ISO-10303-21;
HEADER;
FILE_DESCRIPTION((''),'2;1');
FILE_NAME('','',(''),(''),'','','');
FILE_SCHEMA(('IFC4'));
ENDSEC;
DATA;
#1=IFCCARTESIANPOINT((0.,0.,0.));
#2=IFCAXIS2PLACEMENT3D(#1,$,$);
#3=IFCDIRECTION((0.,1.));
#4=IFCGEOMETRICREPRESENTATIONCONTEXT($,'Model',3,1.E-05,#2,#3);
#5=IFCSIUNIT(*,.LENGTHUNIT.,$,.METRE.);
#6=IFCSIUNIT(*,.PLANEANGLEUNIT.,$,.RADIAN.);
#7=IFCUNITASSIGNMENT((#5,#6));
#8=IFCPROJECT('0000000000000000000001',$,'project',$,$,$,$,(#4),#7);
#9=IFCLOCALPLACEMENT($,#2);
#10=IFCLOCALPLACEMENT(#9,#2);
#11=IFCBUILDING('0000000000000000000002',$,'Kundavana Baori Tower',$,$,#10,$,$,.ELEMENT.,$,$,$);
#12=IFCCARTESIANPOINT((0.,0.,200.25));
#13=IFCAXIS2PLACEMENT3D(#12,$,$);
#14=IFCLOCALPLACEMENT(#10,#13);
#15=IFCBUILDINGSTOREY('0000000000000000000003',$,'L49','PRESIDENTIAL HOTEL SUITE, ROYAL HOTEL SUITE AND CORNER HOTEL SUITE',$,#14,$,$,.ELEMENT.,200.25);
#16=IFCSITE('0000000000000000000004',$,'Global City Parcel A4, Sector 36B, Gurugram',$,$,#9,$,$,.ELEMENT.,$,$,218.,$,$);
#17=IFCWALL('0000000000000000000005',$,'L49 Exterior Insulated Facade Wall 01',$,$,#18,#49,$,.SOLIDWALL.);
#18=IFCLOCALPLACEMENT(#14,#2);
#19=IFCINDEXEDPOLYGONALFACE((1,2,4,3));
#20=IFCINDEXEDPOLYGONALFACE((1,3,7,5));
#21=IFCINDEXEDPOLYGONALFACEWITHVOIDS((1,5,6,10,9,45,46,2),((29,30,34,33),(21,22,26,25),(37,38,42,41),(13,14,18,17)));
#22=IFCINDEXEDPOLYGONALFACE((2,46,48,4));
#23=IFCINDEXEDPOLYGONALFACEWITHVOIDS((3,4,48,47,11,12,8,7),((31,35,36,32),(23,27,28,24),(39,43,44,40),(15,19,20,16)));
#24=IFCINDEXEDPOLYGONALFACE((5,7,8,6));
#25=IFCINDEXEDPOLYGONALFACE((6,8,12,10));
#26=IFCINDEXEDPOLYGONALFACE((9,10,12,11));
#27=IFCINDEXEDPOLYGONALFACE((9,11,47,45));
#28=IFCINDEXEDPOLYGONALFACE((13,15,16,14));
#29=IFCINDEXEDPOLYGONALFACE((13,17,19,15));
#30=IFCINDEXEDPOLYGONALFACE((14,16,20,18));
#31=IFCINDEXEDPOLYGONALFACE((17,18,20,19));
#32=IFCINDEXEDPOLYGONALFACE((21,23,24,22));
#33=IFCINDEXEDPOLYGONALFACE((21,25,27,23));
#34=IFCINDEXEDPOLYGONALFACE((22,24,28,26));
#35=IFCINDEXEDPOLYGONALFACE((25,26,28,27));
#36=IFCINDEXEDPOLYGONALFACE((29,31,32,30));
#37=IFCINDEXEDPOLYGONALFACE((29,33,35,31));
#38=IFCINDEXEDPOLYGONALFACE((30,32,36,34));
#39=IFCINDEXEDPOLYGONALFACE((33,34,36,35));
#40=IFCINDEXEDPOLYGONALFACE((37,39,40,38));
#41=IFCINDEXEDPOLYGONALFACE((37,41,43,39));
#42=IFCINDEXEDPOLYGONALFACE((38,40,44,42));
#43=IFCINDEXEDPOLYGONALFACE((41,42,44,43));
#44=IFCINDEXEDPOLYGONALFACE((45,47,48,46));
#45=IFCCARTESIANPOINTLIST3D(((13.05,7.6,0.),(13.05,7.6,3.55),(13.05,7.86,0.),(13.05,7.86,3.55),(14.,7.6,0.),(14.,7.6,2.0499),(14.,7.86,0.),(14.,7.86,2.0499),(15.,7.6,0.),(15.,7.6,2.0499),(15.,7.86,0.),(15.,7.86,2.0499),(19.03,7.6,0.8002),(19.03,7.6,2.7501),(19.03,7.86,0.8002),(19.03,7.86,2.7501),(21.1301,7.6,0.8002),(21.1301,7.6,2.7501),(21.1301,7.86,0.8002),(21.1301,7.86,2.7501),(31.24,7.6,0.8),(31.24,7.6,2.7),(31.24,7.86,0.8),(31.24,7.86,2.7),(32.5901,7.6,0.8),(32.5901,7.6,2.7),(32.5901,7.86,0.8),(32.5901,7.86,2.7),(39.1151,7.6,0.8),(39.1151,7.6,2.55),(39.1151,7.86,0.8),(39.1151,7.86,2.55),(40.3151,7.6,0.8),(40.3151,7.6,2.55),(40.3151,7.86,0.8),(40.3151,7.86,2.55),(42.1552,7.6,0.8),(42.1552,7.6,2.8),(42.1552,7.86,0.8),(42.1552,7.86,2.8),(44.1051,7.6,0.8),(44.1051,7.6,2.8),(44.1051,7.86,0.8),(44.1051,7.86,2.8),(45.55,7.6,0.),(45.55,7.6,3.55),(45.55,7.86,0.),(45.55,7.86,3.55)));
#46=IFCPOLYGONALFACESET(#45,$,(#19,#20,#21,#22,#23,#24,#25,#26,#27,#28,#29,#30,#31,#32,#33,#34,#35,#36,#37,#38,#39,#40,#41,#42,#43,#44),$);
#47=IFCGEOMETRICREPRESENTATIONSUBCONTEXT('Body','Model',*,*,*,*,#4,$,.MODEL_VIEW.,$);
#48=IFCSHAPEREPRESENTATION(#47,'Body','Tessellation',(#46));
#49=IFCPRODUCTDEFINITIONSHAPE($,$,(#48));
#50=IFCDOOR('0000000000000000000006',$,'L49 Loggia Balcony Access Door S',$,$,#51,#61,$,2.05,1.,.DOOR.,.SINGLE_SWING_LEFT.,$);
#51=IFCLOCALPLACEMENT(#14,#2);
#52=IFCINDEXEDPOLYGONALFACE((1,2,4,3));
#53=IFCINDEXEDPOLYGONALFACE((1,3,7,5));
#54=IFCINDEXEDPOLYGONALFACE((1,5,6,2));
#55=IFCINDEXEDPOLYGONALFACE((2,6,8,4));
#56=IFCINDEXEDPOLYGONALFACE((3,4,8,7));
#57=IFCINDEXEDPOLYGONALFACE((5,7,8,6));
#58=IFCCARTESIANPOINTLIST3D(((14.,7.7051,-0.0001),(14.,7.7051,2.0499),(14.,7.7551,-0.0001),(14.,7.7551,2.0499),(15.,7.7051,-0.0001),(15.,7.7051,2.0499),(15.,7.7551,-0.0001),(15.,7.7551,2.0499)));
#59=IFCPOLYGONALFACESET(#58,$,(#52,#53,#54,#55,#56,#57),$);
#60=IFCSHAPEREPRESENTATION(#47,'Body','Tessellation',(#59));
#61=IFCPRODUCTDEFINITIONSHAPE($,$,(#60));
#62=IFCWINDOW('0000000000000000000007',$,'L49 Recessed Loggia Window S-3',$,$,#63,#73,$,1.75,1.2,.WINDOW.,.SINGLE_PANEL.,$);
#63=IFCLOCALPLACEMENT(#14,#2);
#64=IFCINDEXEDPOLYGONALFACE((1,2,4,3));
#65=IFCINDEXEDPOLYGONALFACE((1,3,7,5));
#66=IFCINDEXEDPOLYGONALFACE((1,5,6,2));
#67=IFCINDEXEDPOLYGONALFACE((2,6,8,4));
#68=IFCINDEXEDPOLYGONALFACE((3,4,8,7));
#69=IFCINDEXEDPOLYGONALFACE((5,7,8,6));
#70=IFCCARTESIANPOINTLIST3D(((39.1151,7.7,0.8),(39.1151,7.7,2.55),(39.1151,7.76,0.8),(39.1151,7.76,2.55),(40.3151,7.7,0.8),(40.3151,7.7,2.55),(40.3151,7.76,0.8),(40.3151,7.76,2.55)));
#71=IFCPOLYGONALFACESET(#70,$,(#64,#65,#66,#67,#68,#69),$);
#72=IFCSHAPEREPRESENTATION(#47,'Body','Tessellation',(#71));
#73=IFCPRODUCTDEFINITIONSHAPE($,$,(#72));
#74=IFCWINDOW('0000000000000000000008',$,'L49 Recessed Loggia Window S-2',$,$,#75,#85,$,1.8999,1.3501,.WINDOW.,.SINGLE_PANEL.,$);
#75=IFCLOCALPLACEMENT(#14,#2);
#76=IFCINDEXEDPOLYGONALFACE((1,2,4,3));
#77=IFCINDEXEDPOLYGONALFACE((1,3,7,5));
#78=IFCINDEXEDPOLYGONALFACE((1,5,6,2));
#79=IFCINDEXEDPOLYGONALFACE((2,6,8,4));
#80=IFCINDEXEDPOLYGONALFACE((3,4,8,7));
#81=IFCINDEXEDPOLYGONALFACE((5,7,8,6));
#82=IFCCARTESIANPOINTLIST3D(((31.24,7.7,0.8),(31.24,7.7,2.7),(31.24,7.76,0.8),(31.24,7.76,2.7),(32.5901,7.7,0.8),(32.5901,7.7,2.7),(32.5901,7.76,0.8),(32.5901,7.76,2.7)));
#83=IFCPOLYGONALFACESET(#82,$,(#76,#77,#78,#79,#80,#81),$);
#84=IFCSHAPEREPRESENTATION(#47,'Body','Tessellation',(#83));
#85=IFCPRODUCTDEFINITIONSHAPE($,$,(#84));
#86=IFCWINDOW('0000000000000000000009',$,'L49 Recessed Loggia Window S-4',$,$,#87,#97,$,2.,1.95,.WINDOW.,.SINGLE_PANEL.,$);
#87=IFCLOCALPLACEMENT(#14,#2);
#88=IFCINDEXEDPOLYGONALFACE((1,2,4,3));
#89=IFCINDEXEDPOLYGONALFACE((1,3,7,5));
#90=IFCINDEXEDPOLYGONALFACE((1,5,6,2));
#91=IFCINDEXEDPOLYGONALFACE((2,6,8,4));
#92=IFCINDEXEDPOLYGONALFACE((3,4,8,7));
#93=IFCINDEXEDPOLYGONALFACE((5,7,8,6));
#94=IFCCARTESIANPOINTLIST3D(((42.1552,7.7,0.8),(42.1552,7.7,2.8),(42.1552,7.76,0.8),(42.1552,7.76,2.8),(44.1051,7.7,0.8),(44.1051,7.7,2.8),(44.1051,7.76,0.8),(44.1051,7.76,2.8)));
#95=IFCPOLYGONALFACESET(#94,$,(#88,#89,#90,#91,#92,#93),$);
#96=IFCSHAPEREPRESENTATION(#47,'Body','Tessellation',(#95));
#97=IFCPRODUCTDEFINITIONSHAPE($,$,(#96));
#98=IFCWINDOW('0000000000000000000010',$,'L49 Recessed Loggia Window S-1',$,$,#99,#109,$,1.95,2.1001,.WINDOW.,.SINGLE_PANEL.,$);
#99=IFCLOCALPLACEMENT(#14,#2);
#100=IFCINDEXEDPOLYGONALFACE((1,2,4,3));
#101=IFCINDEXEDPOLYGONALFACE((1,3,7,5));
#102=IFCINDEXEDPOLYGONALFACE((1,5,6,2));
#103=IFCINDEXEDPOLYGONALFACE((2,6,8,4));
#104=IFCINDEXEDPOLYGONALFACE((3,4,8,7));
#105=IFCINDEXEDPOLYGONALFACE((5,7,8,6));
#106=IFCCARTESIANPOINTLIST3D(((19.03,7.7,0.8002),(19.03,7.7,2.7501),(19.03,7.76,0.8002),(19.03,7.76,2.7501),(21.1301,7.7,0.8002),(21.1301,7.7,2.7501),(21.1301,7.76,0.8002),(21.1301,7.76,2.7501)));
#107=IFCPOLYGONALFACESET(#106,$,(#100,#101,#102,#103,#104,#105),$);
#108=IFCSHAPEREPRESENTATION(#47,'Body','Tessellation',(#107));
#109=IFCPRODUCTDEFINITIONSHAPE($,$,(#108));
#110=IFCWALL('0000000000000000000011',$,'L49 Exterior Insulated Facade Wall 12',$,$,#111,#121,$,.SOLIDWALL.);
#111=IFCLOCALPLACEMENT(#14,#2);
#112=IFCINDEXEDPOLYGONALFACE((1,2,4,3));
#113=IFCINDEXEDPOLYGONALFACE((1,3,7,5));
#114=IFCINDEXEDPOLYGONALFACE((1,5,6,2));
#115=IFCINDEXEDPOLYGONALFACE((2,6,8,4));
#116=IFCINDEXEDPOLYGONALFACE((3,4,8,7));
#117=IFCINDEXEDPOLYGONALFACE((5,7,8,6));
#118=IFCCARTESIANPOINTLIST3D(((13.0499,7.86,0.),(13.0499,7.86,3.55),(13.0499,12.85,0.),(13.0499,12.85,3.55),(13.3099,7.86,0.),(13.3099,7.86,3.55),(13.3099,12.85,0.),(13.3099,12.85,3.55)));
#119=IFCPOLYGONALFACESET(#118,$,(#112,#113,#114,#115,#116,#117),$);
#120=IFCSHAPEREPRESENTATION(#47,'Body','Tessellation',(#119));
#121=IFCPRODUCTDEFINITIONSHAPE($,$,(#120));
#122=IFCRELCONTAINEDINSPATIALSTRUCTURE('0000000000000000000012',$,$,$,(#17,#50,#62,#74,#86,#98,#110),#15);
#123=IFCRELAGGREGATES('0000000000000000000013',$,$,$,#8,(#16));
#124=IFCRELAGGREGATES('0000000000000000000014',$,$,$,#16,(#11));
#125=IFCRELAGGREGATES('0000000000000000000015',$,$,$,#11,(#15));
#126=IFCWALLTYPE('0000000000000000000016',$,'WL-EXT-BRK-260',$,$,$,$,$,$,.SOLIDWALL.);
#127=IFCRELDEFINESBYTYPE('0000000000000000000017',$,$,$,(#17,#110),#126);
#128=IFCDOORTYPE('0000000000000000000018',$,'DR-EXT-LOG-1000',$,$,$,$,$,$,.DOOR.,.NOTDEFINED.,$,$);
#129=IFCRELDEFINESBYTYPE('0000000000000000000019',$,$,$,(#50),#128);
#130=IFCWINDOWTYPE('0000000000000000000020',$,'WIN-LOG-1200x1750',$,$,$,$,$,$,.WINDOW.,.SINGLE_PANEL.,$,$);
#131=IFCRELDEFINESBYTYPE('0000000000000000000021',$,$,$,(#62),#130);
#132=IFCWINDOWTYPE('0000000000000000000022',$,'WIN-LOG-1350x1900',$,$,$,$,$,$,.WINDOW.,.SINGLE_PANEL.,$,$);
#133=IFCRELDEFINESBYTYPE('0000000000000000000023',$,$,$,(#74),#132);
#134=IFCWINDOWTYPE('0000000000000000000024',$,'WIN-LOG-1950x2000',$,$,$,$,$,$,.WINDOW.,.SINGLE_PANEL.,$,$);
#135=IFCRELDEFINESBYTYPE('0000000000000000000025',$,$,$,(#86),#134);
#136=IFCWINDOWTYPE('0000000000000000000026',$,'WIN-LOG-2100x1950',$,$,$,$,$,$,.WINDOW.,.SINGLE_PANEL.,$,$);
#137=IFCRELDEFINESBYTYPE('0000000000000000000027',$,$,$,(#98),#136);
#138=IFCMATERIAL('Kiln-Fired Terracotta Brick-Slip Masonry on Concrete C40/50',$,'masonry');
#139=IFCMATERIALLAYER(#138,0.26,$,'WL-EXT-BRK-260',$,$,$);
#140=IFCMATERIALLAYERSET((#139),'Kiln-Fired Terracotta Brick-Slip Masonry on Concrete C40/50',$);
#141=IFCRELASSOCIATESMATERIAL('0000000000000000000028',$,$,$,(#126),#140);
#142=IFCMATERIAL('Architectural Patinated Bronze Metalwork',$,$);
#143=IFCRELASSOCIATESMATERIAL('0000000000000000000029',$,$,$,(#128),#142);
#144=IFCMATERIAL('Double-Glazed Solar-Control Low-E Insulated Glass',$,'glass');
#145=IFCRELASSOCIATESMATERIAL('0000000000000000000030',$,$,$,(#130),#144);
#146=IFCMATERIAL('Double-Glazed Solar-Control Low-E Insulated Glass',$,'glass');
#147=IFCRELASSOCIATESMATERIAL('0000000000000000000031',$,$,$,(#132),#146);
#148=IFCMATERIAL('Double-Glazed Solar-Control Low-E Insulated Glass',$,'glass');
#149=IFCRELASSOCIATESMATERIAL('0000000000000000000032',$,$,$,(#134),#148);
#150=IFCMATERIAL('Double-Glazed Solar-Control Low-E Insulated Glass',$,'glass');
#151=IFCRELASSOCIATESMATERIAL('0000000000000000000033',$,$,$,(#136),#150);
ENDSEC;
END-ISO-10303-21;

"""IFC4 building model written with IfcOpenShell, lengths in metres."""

from ifc_helpers import new_model, si_unit, direction, frame, frame_2d, origin, place, context, subcontext, project, spatial, rectangle, extrude, material, layer, layer_set, type_object, element, fill, save


model = new_model("IFC4")

# Units and contexts
model_context = context("Model", 3, precision=1e-05, world=origin(), true_north=direction((0.0, 1.0)))
body_context = subcontext(model_context, "Body", "Model", "MODEL_VIEW")
ifc_project = project(units=[si_unit("LENGTHUNIT", "METRE"), si_unit("PLANEANGLEUNIT", "RADIAN")], contexts=[model_context])

# Site, building, storey
site_placement = place(None, origin())
site = spatial("IfcSite", under=ifc_project, at=site_placement, Name="Global City Parcel A4, Sector 36B, Gurugram", CompositionType="ELEMENT", RefElevation=218.0)
building_placement = place(site_placement, origin())
building = spatial("IfcBuilding", under=site, at=building_placement, Name="Kundavana Baori Tower", CompositionType="ELEMENT")
storey_placement = place(building_placement, frame((0.0, 0.0, 200.25)))
storey = spatial("IfcBuildingStorey", under=building, at=storey_placement, Name="L49", Description="PRESIDENTIAL HOTEL SUITE, ROYAL HOTEL SUITE AND CORNER HOTEL SUITE", CompositionType="ELEMENT", Elevation=200.25)

# Wall, openings, door, windows
ifc_material_1 = material(Name="Kiln-Fired Terracotta Brick-Slip Masonry on Concrete C40/50", Category="masonry")
ifc_layer_1 = layer(ifc_material_1, 0.26, Name="WL-EXT-BRK-260")
ifc_layer_set_1 = layer_set([ifc_layer_1], Name="Kiln-Fired Terracotta Brick-Slip Masonry on Concrete C40/50")
wall_type_1 = type_object("IfcWallType", Name="WL-EXT-BRK-260", PredefinedType="SOLIDWALL", material=ifc_layer_set_1)
wall_1_placement = place(storey_placement, frame((13.05, 7.73, 0.0), z_axis=(0.0, 0.0, 1.0), x_axis=(1.0, 0.0, 0.0)))
wall_1 = element("IfcWall", 1, at=wall_1_placement, inside=storey, type_object=wall_type_1, Name="L49 Exterior Insulated Facade Wall 01", PredefinedType="SOLIDWALL", context=body_context, shape_type="SweptSolid", body=[
    extrude(rectangle(XDim=32.5, YDim=0.26, at=frame_2d((16.25, 0.0))), origin(), (0.0, 0.0, 1.0), 3.55),
])
opening_1_placement = place(wall_1_placement, frame((0.95, 0.0, 0.0)))
opening_1 = element("IfcOpeningElement", 2, at=opening_1_placement, cuts=wall_1, PredefinedType="OPENING", context=body_context, shape_type="SweptSolid", body=[
    extrude(rectangle(XDim=1.0, YDim=2.05, at=frame_2d((0.5, 1.0249))), frame((0.0, 0.1401, 0.0), z_axis=(0.0, -1.0, 0.0), x_axis=(1.0, 0.0, 0.0)), (0.0, 0.0, 1.0), 0.28),
])
opening_2_placement = place(wall_1_placement, frame((5.98, 0.0, 0.8)))
opening_2 = element("IfcOpeningElement", 3, at=opening_2_placement, cuts=wall_1, PredefinedType="OPENING", context=body_context, shape_type="SweptSolid", body=[
    extrude(rectangle(XDim=2.1001, YDim=1.95, at=frame_2d((1.05, 0.9751))), frame((0.0, 0.1401, 0.0), z_axis=(0.0, -1.0, 0.0), x_axis=(1.0, 0.0, 0.0)), (0.0, 0.0, 1.0), 0.28),
])
opening_3_placement = place(wall_1_placement, frame((18.1899, 0.0, 0.8)))
opening_3 = element("IfcOpeningElement", 4, at=opening_3_placement, cuts=wall_1, PredefinedType="OPENING", context=body_context, shape_type="SweptSolid", body=[
    extrude(rectangle(XDim=1.3501, YDim=1.8999, at=frame_2d((0.675, 0.95))), frame((0.0, 0.1401, 0.0), z_axis=(0.0, -1.0, 0.0), x_axis=(1.0, 0.0, 0.0)), (0.0, 0.0, 1.0), 0.28),
])
opening_4_placement = place(wall_1_placement, frame((26.0649, 0.0, 0.8)))
opening_4 = element("IfcOpeningElement", 5, at=opening_4_placement, cuts=wall_1, PredefinedType="OPENING", context=body_context, shape_type="SweptSolid", body=[
    extrude(rectangle(XDim=1.2, YDim=1.75, at=frame_2d((0.6001, 0.875))), frame((0.0, 0.1401, 0.0), z_axis=(0.0, -1.0, 0.0), x_axis=(1.0, 0.0, 0.0)), (0.0, 0.0, 1.0), 0.28),
])
opening_5_placement = place(wall_1_placement, frame((29.105, 0.0, 0.8)))
opening_5 = element("IfcOpeningElement", 6, at=opening_5_placement, cuts=wall_1, PredefinedType="OPENING", context=body_context, shape_type="SweptSolid", body=[
    extrude(rectangle(XDim=1.95, YDim=2.0, at=frame_2d((0.9751, 1.0))), frame((0.0, 0.1401, 0.0), z_axis=(0.0, -1.0, 0.0), x_axis=(1.0, 0.0, 0.0)), (0.0, 0.0, 1.0), 0.28),
])
ifc_material_2 = material(Name="Architectural Patinated Bronze Metalwork")
door_type_1 = type_object("IfcDoorType", Name="DR-EXT-LOG-1000", OperationType="NOTDEFINED", PredefinedType="DOOR", material=ifc_material_2)
door_1_placement = place(opening_1_placement, frame((1.0, 0.0, 0.0), z_axis=(0.0, 0.0, 1.0), x_axis=(-1.0, 0.0, 0.0)))
door_1 = element("IfcDoor", 7, at=door_1_placement, inside=storey, type_object=door_type_1, Name="L49 Loggia Balcony Access Door S", OperationType="SINGLE_SWING_LEFT", OverallHeight=2.05, OverallWidth=1.0, PredefinedType="DOOR", context=body_context, shape_type="SweptSolid", body=[
    extrude(rectangle(XDim=1.0, YDim=2.05, at=frame_2d((0.5, 1.0249))), frame((0.0, 0.0249, 0.0), z_axis=(0.0, -1.0, 0.0), x_axis=(1.0, 0.0, 0.0)), (0.0, 0.0, 1.0), 0.05),
])
fill(opening_1, door_1)
ifc_material_3 = material(Name="Double-Glazed Solar-Control Low-E Insulated Glass", Category="glass")
window_type_1 = type_object("IfcWindowType", Name="WIN-LOG-1200x1750", PartitioningType="SINGLE_PANEL", PredefinedType="WINDOW", material=ifc_material_3)
window_1_placement = place(opening_4_placement, origin())
window_1 = element("IfcWindow", 8, at=window_1_placement, inside=storey, type_object=window_type_1, Name="L49 Recessed Loggia Window S-3", OverallHeight=1.75, OverallWidth=1.2, PartitioningType="SINGLE_PANEL", PredefinedType="WINDOW", context=body_context, shape_type="SweptSolid", body=[
    extrude(rectangle(XDim=1.2, YDim=1.75, at=frame_2d((0.6001, 0.875))), frame((0.0, 0.03, 0.0), z_axis=(0.0, -1.0, 0.0), x_axis=(1.0, 0.0, 0.0)), (0.0, 0.0, 1.0), 0.0601),
])
fill(opening_4, window_1)
ifc_material_4 = material(Name="Double-Glazed Solar-Control Low-E Insulated Glass", Category="glass")
window_type_2 = type_object("IfcWindowType", Name="WIN-LOG-1350x1900", PartitioningType="SINGLE_PANEL", PredefinedType="WINDOW", material=ifc_material_4)
window_2_placement = place(opening_3_placement, origin())
window_2 = element("IfcWindow", 9, at=window_2_placement, inside=storey, type_object=window_type_2, Name="L49 Recessed Loggia Window S-2", OverallHeight=1.8999, OverallWidth=1.3501, PartitioningType="SINGLE_PANEL", PredefinedType="WINDOW", context=body_context, shape_type="SweptSolid", body=[
    extrude(rectangle(XDim=1.3501, YDim=1.8999, at=frame_2d((0.675, 0.95))), frame((0.0, 0.03, 0.0), z_axis=(0.0, -1.0, 0.0), x_axis=(1.0, 0.0, 0.0)), (0.0, 0.0, 1.0), 0.0601),
])
fill(opening_3, window_2)
ifc_material_5 = material(Name="Double-Glazed Solar-Control Low-E Insulated Glass", Category="glass")
window_type_3 = type_object("IfcWindowType", Name="WIN-LOG-1950x2000", PartitioningType="SINGLE_PANEL", PredefinedType="WINDOW", material=ifc_material_5)
window_3_placement = place(opening_5_placement, origin())
window_3 = element("IfcWindow", 10, at=window_3_placement, inside=storey, type_object=window_type_3, Name="L49 Recessed Loggia Window S-4", OverallHeight=2.0, OverallWidth=1.95, PartitioningType="SINGLE_PANEL", PredefinedType="WINDOW", context=body_context, shape_type="SweptSolid", body=[
    extrude(rectangle(XDim=1.95, YDim=2.0, at=frame_2d((0.9751, 1.0))), frame((0.0, 0.03, 0.0), z_axis=(0.0, -1.0, 0.0), x_axis=(1.0, 0.0, 0.0)), (0.0, 0.0, 1.0), 0.0601),
])
fill(opening_5, window_3)
ifc_material_6 = material(Name="Double-Glazed Solar-Control Low-E Insulated Glass", Category="glass")
window_type_4 = type_object("IfcWindowType", Name="WIN-LOG-2100x1950", PartitioningType="SINGLE_PANEL", PredefinedType="WINDOW", material=ifc_material_6)
window_4_placement = place(opening_2_placement, origin())
window_4 = element("IfcWindow", 11, at=window_4_placement, inside=storey, type_object=window_type_4, Name="L49 Recessed Loggia Window S-1", OverallHeight=1.95, OverallWidth=2.1001, PartitioningType="SINGLE_PANEL", PredefinedType="WINDOW", context=body_context, shape_type="SweptSolid", body=[
    extrude(rectangle(XDim=2.1001, YDim=1.95, at=frame_2d((1.05, 0.9751))), frame((0.0, 0.03, 0.0), z_axis=(0.0, -1.0, 0.0), x_axis=(1.0, 0.0, 0.0)), (0.0, 0.0, 1.0), 0.0601),
])
fill(opening_2, window_4)

# Wall
wall_2_placement = place(storey_placement, frame((13.1799, 12.8501, 0.0), z_axis=(0.0, 0.0, 1.0), x_axis=(0.0, -1.0, 0.0)))
element("IfcWall", 12, at=wall_2_placement, inside=storey, type_object=wall_type_1, Name="L49 Exterior Insulated Facade Wall 12", PredefinedType="SOLIDWALL", context=body_context, shape_type="SweptSolid", body=[
    extrude(rectangle(XDim=4.99, YDim=0.26, at=frame_2d((2.4951, 0.0))), origin(), (0.0, 0.0, 1.0), 3.55),
])

save(model, "model.ifc")
